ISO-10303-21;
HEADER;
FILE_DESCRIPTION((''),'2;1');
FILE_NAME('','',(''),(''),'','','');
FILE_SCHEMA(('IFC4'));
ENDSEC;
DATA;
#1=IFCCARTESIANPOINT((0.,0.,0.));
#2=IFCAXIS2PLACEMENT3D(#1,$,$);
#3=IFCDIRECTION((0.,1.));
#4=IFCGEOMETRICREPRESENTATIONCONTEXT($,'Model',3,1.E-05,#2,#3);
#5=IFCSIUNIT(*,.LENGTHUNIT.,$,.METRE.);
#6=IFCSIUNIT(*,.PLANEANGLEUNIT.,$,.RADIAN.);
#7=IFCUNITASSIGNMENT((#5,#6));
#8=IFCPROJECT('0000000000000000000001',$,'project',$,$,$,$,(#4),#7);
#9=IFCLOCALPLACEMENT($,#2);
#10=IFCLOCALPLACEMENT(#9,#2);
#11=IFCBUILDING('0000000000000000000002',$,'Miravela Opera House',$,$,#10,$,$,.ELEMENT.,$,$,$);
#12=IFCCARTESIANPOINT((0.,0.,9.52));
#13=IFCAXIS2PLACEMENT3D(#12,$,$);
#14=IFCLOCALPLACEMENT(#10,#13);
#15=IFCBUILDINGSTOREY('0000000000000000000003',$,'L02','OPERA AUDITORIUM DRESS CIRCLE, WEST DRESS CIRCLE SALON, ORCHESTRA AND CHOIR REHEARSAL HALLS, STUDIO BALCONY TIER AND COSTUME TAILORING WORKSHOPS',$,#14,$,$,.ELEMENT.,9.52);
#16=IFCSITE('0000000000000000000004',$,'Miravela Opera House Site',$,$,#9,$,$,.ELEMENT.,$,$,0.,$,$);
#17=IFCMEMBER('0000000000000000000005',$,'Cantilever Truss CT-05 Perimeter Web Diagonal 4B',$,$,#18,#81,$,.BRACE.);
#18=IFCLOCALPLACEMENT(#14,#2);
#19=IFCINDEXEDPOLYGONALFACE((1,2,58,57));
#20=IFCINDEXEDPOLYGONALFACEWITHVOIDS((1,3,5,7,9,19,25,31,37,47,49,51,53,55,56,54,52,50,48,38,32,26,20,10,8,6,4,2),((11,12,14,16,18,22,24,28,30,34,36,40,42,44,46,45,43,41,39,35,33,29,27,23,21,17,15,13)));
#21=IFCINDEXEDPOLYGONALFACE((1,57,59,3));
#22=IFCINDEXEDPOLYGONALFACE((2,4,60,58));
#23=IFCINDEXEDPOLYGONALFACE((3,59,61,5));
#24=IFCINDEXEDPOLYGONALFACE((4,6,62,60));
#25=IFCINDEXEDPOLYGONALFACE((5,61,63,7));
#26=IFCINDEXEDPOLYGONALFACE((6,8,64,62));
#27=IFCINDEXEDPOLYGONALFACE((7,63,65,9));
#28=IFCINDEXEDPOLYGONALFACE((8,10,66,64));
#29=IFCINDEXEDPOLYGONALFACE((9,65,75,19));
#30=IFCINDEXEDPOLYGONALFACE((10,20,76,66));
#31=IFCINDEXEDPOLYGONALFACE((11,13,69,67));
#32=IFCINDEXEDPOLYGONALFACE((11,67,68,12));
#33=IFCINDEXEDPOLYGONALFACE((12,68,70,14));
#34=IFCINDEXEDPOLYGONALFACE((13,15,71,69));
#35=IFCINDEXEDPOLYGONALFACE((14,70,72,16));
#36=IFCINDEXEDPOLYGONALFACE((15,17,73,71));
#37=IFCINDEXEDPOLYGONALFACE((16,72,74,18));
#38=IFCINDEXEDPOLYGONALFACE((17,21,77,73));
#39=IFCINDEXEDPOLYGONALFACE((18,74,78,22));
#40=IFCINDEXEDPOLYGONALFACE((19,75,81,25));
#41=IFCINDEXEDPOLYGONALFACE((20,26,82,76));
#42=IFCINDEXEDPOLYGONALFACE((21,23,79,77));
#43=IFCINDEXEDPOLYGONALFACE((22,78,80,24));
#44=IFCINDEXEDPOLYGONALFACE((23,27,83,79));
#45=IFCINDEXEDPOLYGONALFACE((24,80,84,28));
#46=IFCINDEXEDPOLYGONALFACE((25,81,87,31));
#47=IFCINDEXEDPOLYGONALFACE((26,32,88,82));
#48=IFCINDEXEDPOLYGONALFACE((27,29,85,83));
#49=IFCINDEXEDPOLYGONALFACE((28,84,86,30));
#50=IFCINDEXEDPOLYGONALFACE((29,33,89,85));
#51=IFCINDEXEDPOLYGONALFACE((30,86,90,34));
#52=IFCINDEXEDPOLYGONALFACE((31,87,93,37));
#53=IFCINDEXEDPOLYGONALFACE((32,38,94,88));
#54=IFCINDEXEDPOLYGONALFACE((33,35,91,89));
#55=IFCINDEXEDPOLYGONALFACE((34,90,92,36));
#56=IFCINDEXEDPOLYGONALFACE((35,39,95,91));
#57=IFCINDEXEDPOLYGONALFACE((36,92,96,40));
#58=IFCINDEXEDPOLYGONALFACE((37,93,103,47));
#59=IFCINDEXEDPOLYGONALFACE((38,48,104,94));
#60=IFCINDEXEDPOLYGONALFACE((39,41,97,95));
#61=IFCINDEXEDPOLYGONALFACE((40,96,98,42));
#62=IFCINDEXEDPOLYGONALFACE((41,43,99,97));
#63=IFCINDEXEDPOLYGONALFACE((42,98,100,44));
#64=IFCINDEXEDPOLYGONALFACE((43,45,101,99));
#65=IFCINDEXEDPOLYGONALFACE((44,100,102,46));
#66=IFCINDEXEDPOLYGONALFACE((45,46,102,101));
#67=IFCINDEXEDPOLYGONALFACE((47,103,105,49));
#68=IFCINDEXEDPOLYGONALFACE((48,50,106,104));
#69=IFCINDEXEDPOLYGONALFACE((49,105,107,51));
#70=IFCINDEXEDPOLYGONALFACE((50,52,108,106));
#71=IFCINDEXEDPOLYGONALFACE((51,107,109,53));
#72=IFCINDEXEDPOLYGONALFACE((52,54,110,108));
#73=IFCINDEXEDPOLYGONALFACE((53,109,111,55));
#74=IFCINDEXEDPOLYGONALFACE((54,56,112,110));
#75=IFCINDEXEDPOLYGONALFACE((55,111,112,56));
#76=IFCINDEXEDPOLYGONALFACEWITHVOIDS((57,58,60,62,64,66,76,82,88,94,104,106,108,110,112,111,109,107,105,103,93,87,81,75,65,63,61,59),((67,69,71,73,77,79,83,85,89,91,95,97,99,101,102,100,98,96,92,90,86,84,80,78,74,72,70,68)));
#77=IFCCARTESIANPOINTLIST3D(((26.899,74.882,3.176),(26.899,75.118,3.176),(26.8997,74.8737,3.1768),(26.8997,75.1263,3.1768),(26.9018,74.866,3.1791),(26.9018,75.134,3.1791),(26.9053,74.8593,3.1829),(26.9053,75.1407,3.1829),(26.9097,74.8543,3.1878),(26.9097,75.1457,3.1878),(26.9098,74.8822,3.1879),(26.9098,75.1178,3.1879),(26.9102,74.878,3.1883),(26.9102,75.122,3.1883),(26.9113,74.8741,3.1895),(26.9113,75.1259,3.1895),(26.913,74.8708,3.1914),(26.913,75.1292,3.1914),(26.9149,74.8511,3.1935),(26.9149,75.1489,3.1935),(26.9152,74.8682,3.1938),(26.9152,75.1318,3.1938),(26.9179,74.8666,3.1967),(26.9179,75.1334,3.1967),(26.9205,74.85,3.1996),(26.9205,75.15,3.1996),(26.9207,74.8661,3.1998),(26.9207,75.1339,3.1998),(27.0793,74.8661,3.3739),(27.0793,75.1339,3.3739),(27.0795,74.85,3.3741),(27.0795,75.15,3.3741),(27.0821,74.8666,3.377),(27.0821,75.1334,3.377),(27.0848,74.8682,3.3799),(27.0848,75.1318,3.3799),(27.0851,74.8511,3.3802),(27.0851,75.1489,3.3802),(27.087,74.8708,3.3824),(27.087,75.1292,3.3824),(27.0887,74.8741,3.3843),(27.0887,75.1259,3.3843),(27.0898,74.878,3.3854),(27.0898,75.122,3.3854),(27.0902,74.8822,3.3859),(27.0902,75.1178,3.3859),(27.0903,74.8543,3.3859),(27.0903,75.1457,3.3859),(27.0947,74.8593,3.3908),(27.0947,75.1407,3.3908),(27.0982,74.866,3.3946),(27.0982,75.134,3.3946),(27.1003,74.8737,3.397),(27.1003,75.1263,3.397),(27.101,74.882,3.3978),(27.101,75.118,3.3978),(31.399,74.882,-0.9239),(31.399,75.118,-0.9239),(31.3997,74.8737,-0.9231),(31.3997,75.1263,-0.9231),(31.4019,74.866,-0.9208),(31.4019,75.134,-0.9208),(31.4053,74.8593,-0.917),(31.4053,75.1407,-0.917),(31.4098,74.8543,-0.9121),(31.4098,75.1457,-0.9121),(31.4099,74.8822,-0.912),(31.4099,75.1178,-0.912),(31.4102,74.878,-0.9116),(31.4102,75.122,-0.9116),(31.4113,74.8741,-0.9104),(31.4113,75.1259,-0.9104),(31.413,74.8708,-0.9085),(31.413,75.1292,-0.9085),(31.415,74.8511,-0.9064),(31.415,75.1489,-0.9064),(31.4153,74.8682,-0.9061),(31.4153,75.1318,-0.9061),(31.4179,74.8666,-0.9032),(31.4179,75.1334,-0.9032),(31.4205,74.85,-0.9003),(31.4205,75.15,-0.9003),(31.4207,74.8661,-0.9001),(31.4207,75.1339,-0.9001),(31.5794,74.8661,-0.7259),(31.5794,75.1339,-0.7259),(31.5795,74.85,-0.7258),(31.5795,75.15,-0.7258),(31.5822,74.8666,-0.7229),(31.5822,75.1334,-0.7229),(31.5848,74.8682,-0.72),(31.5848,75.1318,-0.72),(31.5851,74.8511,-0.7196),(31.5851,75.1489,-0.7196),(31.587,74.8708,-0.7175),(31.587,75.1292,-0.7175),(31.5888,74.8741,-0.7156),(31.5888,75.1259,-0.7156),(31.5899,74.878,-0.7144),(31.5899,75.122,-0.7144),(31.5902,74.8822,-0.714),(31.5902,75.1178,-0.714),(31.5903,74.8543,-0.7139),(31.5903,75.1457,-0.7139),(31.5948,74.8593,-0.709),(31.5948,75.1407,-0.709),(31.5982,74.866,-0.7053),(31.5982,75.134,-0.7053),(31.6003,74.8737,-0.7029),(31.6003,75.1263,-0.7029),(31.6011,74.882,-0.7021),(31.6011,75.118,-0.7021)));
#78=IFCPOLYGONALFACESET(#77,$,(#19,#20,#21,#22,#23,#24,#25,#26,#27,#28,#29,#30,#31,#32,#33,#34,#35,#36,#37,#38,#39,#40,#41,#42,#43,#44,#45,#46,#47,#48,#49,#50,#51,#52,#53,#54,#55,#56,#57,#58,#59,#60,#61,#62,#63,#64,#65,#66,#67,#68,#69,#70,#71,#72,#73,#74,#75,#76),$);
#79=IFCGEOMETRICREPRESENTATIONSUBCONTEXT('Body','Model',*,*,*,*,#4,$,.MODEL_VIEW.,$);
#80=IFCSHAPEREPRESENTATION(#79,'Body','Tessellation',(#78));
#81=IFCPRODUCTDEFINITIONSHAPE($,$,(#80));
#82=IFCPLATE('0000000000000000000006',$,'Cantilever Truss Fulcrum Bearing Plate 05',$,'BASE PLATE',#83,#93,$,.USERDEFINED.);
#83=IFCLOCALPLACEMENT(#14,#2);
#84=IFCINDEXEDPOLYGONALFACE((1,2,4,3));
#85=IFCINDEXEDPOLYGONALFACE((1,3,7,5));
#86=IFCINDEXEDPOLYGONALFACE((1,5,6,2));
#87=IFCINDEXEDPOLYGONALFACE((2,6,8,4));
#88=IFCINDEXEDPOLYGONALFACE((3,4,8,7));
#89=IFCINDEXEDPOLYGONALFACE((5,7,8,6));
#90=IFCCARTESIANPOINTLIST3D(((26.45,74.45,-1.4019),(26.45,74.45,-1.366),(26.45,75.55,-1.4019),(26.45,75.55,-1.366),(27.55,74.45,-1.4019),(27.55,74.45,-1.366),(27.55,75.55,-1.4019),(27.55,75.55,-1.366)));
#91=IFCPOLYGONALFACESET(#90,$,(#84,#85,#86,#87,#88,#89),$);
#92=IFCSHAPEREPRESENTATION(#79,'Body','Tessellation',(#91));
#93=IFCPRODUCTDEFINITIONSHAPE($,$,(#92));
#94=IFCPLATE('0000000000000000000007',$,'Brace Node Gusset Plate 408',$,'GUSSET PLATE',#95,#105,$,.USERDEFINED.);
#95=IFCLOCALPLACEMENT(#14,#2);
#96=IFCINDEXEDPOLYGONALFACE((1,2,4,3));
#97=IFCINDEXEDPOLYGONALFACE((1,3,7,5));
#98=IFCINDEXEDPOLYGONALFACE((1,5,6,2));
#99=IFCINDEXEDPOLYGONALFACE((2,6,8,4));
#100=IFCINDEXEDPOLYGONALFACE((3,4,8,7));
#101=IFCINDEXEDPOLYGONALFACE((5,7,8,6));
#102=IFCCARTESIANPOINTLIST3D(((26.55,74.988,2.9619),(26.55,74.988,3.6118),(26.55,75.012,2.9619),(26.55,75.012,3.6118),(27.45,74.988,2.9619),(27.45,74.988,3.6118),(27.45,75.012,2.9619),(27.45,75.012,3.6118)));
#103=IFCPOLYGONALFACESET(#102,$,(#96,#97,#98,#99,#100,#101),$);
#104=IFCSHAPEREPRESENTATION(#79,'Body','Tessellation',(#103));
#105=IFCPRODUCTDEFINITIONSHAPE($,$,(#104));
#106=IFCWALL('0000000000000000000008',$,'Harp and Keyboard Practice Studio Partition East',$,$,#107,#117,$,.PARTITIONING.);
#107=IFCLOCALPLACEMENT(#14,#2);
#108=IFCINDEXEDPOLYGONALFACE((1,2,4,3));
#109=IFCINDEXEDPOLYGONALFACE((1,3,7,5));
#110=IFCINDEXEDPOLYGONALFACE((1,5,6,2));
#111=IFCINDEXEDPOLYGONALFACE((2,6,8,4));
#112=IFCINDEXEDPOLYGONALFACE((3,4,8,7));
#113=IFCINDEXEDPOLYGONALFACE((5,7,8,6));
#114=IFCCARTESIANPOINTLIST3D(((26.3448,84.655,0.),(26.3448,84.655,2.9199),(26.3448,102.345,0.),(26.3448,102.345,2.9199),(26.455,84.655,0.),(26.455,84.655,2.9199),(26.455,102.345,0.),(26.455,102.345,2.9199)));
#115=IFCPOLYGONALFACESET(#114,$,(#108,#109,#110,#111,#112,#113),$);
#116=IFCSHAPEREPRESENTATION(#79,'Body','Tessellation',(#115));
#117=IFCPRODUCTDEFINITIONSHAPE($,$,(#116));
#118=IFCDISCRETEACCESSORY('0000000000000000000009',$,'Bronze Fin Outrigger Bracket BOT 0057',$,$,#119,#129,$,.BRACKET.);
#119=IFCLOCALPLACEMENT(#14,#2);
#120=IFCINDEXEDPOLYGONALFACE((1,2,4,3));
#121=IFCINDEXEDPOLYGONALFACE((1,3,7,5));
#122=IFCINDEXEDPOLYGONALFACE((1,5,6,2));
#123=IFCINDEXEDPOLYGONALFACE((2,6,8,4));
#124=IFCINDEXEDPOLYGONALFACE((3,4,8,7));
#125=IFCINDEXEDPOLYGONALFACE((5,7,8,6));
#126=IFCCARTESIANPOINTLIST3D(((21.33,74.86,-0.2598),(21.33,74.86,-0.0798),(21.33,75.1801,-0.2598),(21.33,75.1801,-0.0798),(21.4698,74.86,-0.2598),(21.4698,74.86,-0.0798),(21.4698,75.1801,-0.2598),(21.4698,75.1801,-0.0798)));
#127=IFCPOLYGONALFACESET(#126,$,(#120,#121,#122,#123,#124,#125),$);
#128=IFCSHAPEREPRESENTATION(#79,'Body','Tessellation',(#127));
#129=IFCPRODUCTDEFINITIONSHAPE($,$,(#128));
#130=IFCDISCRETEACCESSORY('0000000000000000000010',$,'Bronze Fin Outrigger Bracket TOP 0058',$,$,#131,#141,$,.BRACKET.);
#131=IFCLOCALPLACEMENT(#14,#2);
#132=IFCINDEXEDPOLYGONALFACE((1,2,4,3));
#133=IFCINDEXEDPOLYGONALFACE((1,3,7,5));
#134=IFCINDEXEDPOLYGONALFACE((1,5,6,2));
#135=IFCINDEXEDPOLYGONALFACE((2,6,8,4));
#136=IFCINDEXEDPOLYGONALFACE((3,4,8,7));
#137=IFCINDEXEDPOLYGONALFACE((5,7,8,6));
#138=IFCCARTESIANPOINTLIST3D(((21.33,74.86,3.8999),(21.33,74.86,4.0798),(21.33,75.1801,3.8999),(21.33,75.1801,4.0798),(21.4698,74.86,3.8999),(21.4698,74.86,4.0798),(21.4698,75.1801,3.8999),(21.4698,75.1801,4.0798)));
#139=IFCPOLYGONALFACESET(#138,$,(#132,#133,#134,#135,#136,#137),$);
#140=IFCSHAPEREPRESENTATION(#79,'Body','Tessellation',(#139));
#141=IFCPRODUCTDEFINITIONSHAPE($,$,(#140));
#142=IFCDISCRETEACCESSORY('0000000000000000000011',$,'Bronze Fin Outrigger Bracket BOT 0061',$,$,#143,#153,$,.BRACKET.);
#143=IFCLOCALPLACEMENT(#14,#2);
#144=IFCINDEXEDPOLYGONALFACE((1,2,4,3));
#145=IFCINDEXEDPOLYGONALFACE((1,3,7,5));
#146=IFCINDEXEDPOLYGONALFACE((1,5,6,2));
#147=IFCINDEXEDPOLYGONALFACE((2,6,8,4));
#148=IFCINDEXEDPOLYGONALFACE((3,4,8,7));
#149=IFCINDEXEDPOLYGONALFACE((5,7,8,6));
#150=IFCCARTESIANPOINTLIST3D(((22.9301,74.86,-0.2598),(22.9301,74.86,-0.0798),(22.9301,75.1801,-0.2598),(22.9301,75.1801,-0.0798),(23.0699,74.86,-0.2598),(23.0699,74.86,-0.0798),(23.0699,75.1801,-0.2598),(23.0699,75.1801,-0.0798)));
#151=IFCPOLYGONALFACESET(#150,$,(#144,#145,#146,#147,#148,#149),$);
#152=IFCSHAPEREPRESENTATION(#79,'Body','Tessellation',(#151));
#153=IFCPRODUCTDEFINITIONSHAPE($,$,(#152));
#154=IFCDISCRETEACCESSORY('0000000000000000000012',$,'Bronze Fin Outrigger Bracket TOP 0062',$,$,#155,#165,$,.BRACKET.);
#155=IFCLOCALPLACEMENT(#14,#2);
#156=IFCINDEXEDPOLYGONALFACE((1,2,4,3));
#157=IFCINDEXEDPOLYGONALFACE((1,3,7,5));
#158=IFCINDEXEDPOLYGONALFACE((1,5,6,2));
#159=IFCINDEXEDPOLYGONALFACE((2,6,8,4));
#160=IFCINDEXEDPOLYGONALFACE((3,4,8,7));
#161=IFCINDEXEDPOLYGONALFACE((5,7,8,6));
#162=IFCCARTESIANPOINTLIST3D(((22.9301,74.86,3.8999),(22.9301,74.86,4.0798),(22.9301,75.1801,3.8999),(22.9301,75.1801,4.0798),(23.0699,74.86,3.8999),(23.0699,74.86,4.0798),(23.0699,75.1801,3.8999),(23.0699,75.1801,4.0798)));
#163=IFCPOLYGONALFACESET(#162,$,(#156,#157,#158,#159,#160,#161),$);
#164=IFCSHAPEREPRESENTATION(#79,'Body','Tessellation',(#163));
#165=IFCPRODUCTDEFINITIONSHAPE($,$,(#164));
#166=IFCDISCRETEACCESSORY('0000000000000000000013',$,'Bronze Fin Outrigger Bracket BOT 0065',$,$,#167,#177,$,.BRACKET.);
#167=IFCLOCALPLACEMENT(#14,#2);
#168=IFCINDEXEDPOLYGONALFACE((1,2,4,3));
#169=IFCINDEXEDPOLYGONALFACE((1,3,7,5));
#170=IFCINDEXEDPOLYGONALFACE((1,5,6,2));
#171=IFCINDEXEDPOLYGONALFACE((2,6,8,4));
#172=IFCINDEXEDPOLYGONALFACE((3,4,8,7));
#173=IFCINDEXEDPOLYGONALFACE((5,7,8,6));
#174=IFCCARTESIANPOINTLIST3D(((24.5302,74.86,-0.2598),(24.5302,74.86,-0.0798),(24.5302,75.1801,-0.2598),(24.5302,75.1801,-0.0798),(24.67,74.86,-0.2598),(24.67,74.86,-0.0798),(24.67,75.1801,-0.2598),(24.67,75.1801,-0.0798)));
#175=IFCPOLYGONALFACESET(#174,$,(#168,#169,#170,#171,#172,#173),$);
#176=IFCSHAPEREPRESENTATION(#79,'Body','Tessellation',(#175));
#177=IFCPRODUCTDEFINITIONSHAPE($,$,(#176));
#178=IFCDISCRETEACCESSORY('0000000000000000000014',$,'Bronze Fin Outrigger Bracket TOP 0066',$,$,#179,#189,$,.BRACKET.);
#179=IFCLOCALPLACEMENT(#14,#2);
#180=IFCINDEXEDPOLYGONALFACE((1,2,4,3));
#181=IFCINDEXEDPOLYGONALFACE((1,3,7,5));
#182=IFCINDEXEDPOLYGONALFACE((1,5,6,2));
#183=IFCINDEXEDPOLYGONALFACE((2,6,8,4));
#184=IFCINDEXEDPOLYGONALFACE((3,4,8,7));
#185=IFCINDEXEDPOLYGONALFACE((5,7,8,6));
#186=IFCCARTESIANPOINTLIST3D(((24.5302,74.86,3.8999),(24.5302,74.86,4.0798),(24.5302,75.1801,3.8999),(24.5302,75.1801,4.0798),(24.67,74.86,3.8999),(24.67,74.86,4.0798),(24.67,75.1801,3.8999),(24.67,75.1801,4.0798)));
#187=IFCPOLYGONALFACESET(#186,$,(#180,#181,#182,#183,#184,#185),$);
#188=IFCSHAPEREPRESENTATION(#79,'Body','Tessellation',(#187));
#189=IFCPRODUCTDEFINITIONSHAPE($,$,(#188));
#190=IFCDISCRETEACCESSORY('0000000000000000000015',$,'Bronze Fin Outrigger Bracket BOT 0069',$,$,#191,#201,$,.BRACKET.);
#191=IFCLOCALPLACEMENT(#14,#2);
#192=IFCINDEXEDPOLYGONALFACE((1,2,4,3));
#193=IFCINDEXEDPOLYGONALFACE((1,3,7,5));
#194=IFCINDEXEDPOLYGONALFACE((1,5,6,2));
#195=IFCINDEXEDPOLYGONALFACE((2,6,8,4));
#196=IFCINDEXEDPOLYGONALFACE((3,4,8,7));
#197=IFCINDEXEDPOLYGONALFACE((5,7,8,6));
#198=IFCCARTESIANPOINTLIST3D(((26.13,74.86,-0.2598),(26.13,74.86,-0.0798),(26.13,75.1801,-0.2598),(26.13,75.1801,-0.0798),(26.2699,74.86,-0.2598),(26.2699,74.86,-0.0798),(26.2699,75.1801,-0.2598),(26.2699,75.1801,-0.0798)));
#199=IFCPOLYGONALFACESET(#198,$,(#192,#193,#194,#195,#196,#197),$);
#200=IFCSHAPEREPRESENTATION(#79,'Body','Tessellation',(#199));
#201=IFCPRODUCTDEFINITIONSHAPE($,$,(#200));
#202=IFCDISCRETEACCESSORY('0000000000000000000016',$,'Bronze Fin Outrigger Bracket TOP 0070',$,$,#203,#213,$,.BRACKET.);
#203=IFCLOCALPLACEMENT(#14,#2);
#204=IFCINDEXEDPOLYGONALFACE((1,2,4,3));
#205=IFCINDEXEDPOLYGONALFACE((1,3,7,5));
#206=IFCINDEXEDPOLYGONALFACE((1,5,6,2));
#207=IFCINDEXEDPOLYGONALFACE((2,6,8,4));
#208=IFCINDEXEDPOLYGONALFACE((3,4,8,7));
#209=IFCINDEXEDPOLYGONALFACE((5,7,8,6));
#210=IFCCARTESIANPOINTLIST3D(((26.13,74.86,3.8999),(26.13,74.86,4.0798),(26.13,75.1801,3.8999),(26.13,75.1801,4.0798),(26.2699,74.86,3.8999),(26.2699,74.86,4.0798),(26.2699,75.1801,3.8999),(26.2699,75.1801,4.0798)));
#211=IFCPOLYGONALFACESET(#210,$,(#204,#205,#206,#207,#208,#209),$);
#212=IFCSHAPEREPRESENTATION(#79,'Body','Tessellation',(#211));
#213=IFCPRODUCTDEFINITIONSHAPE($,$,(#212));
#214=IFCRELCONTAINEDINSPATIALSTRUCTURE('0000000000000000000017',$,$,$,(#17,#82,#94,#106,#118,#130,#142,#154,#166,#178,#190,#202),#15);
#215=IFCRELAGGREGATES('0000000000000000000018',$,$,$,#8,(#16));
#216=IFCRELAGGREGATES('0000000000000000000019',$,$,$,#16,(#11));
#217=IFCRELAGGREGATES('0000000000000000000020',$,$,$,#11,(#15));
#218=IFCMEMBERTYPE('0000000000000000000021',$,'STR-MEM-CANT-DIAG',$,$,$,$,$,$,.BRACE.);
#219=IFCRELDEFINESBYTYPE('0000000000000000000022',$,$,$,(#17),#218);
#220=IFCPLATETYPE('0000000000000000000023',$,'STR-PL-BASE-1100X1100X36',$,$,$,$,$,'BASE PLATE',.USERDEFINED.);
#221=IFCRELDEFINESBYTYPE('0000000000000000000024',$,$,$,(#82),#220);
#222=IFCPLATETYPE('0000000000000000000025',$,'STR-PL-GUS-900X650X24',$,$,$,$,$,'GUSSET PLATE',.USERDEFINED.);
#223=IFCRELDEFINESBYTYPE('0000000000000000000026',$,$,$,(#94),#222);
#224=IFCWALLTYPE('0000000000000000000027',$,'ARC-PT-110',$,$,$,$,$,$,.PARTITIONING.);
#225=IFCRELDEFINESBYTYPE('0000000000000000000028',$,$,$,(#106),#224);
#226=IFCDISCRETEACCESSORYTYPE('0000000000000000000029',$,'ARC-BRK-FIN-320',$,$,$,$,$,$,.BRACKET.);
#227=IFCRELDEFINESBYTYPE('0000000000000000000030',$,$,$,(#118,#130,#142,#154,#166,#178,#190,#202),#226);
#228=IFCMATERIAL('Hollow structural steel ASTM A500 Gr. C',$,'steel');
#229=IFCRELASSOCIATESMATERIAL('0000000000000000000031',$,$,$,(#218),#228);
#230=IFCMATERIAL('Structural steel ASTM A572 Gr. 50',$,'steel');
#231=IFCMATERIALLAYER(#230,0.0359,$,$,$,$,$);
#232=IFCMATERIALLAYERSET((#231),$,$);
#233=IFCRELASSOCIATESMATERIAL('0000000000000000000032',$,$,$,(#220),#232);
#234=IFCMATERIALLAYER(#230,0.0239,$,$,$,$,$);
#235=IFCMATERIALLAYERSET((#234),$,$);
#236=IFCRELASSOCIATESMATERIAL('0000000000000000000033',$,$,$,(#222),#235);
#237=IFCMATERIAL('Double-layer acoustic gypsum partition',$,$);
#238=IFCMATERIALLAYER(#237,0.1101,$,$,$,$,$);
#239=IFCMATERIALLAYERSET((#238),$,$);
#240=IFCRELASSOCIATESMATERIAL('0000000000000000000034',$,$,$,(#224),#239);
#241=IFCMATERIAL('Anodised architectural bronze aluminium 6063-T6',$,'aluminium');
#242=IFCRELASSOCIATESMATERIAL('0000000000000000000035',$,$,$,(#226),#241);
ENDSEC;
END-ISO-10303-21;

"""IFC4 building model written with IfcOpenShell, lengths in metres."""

from ifc_helpers import new_model, si_unit, direction, frame, frame_2d, origin, origin_2d, place, context, subcontext, project, spatial, rectangle, hollow_rectangle, extrude, material, layer, layer_set, material_profile, profile_set, type_object, element, save


model = new_model("IFC4")

# Units and contexts
model_context = context("Model", 3, precision=1e-05, world=origin(), true_north=direction((0.0, 1.0)))
body_context = subcontext(model_context, "Body", "Model", "MODEL_VIEW")
ifc_project = project(units=[si_unit("LENGTHUNIT", "METRE"), si_unit("PLANEANGLEUNIT", "RADIAN")], contexts=[model_context])

# Site, building, storey
site_placement = place(None, origin())
site = spatial("IfcSite", under=ifc_project, at=site_placement, Name="Miravela Opera House Site", CompositionType="ELEMENT", RefElevation=0.0)
building_placement = place(site_placement, origin())
building = spatial("IfcBuilding", under=site, at=building_placement, Name="Miravela Opera House", CompositionType="ELEMENT")
storey_placement = place(building_placement, frame((0.0, 0.0, 9.52)))
storey = spatial("IfcBuildingStorey", under=building, at=storey_placement, Name="L02", Description="OPERA AUDITORIUM DRESS CIRCLE, WEST DRESS CIRCLE SALON, ORCHESTRA AND CHOIR REHEARSAL HALLS, STUDIO BALCONY TIER AND COSTUME TAILORING WORKSHOPS", CompositionType="ELEMENT", Elevation=9.52)

# Shared definitions
ifc_material_1 = material(Name="Anodised architectural bronze aluminium 6063-T6", Category="aluminium")

# Member
ifc_material_2 = material(Name="Hollow structural steel ASTM A500 Gr. C", Category="steel")
ifc_material_profile_1 = material_profile(ifc_material_2, hollow_rectangle(XDim=0.3, YDim=0.3, WallThickness=0.0161, InnerFilletRadius=0.0161, OuterFilletRadius=0.032, at=origin_2d()), Name="HSS300X300X16")
ifc_profile_set_1 = profile_set([ifc_material_profile_1])
member_type_1 = type_object("IfcMemberType", Name="STR-MEM-CANT-DIAG", PredefinedType="BRACE", material=ifc_profile_set_1)
member_1_placement = place(storey_placement, frame((27.0, 75.0, 3.2869), z_axis=(0.739208, 0.0, -0.673477), x_axis=(0.0, 1.0, 0.0)))
element("IfcMember", 1, at=member_1_placement, inside=storey, type_object=member_type_1, Name="Cantilever Truss CT-05 Perimeter Web Diagonal 4B", PredefinedType="BRACE", context=body_context, shape_type="SweptSolid", body=[
    extrude(hollow_rectangle(XDim=0.3, YDim=0.3, WallThickness=0.0161, InnerFilletRadius=0.0161, OuterFilletRadius=0.032, at=origin_2d()), origin(), (0.0, 0.0, 1.0), 6.0876),
])

# Plates
ifc_material_3 = material(Name="Structural steel ASTM A572 Gr. 50", Category="steel")
ifc_layer_1 = layer(ifc_material_3, 0.0359)
ifc_layer_set_1 = layer_set([ifc_layer_1])
plate_type_1 = type_object("IfcPlateType", Name="STR-PL-BASE-1100X1100X36", ElementType="BASE PLATE", PredefinedType="USERDEFINED", material=ifc_layer_set_1)
plate_1_placement = place(storey_placement, frame((27.0, 75.0, -1.4019), z_axis=(0.0, 0.0, 1.0), x_axis=(1.0, 0.0, 0.0)))
element("IfcPlate", 2, at=plate_1_placement, inside=storey, type_object=plate_type_1, Name="Cantilever Truss Fulcrum Bearing Plate 05", ObjectType="BASE PLATE", PredefinedType="USERDEFINED", context=body_context, shape_type="SweptSolid", body=[
    extrude(rectangle(XDim=1.1001, YDim=1.1001, at=origin_2d()), origin(), (0.0, 0.0, 1.0), 0.0359),
])
ifc_layer_2 = layer(ifc_material_3, 0.0239)
ifc_layer_set_2 = layer_set([ifc_layer_2])
plate_type_2 = type_object("IfcPlateType", Name="STR-PL-GUS-900X650X24", ElementType="GUSSET PLATE", PredefinedType="USERDEFINED", material=ifc_layer_set_2)
plate_2_placement = place(storey_placement, frame((27.0, 75.0, 2.9619), z_axis=(0.0, 0.0, 1.0), x_axis=(1.0, 0.0, 0.0)))
element("IfcPlate", 3, at=plate_2_placement, inside=storey, type_object=plate_type_2, Name="Brace Node Gusset Plate 408", ObjectType="GUSSET PLATE", PredefinedType="USERDEFINED", context=body_context, shape_type="SweptSolid", body=[
    extrude(rectangle(XDim=0.8999, YDim=0.0239, at=origin_2d()), origin(), (0.0, 0.0, 1.0), 0.6499),
])

# Wall
ifc_material_4 = material(Name="Double-layer acoustic gypsum partition")
ifc_layer_3 = layer(ifc_material_4, 0.1101)
ifc_layer_set_3 = layer_set([ifc_layer_3])
wall_type = type_object("IfcWallType", Name="ARC-PT-110", PredefinedType="PARTITIONING", material=ifc_layer_set_3)
wall_placement = place(storey_placement, frame((26.3999, 84.655, 0.0), z_axis=(0.0, 0.0, 1.0), x_axis=(0.0, 1.0, 0.0)))
element("IfcWall", 4, at=wall_placement, inside=storey, type_object=wall_type, Name="Harp and Keyboard Practice Studio Partition East", PredefinedType="PARTITIONING", context=body_context, shape_type="SweptSolid", body=[
    extrude(rectangle(XDim=17.6899, YDim=0.1101, at=frame_2d((8.845, 0.0))), origin(), (0.0, 0.0, 1.0), 2.9199),
])

# Discrete accessories
discrete_accessory_type = type_object("IfcDiscreteAccessoryType", Name="ARC-BRK-FIN-320", PredefinedType="BRACKET", material=ifc_material_1)
for number, where, z_axis, x_axis, name in (
    (5, (21.3999, 75.02, -0.2598), (0.0, 0.0, 1.0), (0.0, 1.0, 0.0), "Bronze Fin Outrigger Bracket BOT 0057"),
    (6, (21.3999, 75.02, 3.8999), (0.0, 0.0, 1.0), (0.0, 1.0, 0.0), "Bronze Fin Outrigger Bracket TOP 0058"),
    (7, (23.0, 75.02, -0.2598), (0.0, 0.0, 1.0), (0.0, 1.0, 0.0), "Bronze Fin Outrigger Bracket BOT 0061"),
    (8, (23.0, 75.02, 3.8999), (0.0, 0.0, 1.0), (0.0, 1.0, 0.0), "Bronze Fin Outrigger Bracket TOP 0062"),
    (9, (24.6001, 75.02, -0.2598), (0.0, 0.0, 1.0), (0.0, 1.0, 0.0), "Bronze Fin Outrigger Bracket BOT 0065"),
    (10, (24.6001, 75.02, 3.8999), (0.0, 0.0, 1.0), (0.0, 1.0, 0.0), "Bronze Fin Outrigger Bracket TOP 0066"),
    (11, (26.2, 75.02, -0.2598), (0.0, 0.0, 1.0), (0.0, 1.0, 0.0), "Bronze Fin Outrigger Bracket BOT 0069"),
    (12, (26.2, 75.02, 3.8999), (0.0, 0.0, 1.0), (0.0, 1.0, 0.0), "Bronze Fin Outrigger Bracket TOP 0070"),
):
    element("IfcDiscreteAccessory", number, at=place(storey_placement, frame(where, z_axis=z_axis, x_axis=x_axis)), inside=storey, type_object=discrete_accessory_type, Name=name, PredefinedType="BRACKET", context=body_context, shape_type="SweptSolid", body=[
        extrude(rectangle(XDim=0.3201, YDim=0.1399, at=origin_2d()), origin(), (0.0, 0.0, 1.0), 0.1799),
    ])

save(model, "model.ifc")
